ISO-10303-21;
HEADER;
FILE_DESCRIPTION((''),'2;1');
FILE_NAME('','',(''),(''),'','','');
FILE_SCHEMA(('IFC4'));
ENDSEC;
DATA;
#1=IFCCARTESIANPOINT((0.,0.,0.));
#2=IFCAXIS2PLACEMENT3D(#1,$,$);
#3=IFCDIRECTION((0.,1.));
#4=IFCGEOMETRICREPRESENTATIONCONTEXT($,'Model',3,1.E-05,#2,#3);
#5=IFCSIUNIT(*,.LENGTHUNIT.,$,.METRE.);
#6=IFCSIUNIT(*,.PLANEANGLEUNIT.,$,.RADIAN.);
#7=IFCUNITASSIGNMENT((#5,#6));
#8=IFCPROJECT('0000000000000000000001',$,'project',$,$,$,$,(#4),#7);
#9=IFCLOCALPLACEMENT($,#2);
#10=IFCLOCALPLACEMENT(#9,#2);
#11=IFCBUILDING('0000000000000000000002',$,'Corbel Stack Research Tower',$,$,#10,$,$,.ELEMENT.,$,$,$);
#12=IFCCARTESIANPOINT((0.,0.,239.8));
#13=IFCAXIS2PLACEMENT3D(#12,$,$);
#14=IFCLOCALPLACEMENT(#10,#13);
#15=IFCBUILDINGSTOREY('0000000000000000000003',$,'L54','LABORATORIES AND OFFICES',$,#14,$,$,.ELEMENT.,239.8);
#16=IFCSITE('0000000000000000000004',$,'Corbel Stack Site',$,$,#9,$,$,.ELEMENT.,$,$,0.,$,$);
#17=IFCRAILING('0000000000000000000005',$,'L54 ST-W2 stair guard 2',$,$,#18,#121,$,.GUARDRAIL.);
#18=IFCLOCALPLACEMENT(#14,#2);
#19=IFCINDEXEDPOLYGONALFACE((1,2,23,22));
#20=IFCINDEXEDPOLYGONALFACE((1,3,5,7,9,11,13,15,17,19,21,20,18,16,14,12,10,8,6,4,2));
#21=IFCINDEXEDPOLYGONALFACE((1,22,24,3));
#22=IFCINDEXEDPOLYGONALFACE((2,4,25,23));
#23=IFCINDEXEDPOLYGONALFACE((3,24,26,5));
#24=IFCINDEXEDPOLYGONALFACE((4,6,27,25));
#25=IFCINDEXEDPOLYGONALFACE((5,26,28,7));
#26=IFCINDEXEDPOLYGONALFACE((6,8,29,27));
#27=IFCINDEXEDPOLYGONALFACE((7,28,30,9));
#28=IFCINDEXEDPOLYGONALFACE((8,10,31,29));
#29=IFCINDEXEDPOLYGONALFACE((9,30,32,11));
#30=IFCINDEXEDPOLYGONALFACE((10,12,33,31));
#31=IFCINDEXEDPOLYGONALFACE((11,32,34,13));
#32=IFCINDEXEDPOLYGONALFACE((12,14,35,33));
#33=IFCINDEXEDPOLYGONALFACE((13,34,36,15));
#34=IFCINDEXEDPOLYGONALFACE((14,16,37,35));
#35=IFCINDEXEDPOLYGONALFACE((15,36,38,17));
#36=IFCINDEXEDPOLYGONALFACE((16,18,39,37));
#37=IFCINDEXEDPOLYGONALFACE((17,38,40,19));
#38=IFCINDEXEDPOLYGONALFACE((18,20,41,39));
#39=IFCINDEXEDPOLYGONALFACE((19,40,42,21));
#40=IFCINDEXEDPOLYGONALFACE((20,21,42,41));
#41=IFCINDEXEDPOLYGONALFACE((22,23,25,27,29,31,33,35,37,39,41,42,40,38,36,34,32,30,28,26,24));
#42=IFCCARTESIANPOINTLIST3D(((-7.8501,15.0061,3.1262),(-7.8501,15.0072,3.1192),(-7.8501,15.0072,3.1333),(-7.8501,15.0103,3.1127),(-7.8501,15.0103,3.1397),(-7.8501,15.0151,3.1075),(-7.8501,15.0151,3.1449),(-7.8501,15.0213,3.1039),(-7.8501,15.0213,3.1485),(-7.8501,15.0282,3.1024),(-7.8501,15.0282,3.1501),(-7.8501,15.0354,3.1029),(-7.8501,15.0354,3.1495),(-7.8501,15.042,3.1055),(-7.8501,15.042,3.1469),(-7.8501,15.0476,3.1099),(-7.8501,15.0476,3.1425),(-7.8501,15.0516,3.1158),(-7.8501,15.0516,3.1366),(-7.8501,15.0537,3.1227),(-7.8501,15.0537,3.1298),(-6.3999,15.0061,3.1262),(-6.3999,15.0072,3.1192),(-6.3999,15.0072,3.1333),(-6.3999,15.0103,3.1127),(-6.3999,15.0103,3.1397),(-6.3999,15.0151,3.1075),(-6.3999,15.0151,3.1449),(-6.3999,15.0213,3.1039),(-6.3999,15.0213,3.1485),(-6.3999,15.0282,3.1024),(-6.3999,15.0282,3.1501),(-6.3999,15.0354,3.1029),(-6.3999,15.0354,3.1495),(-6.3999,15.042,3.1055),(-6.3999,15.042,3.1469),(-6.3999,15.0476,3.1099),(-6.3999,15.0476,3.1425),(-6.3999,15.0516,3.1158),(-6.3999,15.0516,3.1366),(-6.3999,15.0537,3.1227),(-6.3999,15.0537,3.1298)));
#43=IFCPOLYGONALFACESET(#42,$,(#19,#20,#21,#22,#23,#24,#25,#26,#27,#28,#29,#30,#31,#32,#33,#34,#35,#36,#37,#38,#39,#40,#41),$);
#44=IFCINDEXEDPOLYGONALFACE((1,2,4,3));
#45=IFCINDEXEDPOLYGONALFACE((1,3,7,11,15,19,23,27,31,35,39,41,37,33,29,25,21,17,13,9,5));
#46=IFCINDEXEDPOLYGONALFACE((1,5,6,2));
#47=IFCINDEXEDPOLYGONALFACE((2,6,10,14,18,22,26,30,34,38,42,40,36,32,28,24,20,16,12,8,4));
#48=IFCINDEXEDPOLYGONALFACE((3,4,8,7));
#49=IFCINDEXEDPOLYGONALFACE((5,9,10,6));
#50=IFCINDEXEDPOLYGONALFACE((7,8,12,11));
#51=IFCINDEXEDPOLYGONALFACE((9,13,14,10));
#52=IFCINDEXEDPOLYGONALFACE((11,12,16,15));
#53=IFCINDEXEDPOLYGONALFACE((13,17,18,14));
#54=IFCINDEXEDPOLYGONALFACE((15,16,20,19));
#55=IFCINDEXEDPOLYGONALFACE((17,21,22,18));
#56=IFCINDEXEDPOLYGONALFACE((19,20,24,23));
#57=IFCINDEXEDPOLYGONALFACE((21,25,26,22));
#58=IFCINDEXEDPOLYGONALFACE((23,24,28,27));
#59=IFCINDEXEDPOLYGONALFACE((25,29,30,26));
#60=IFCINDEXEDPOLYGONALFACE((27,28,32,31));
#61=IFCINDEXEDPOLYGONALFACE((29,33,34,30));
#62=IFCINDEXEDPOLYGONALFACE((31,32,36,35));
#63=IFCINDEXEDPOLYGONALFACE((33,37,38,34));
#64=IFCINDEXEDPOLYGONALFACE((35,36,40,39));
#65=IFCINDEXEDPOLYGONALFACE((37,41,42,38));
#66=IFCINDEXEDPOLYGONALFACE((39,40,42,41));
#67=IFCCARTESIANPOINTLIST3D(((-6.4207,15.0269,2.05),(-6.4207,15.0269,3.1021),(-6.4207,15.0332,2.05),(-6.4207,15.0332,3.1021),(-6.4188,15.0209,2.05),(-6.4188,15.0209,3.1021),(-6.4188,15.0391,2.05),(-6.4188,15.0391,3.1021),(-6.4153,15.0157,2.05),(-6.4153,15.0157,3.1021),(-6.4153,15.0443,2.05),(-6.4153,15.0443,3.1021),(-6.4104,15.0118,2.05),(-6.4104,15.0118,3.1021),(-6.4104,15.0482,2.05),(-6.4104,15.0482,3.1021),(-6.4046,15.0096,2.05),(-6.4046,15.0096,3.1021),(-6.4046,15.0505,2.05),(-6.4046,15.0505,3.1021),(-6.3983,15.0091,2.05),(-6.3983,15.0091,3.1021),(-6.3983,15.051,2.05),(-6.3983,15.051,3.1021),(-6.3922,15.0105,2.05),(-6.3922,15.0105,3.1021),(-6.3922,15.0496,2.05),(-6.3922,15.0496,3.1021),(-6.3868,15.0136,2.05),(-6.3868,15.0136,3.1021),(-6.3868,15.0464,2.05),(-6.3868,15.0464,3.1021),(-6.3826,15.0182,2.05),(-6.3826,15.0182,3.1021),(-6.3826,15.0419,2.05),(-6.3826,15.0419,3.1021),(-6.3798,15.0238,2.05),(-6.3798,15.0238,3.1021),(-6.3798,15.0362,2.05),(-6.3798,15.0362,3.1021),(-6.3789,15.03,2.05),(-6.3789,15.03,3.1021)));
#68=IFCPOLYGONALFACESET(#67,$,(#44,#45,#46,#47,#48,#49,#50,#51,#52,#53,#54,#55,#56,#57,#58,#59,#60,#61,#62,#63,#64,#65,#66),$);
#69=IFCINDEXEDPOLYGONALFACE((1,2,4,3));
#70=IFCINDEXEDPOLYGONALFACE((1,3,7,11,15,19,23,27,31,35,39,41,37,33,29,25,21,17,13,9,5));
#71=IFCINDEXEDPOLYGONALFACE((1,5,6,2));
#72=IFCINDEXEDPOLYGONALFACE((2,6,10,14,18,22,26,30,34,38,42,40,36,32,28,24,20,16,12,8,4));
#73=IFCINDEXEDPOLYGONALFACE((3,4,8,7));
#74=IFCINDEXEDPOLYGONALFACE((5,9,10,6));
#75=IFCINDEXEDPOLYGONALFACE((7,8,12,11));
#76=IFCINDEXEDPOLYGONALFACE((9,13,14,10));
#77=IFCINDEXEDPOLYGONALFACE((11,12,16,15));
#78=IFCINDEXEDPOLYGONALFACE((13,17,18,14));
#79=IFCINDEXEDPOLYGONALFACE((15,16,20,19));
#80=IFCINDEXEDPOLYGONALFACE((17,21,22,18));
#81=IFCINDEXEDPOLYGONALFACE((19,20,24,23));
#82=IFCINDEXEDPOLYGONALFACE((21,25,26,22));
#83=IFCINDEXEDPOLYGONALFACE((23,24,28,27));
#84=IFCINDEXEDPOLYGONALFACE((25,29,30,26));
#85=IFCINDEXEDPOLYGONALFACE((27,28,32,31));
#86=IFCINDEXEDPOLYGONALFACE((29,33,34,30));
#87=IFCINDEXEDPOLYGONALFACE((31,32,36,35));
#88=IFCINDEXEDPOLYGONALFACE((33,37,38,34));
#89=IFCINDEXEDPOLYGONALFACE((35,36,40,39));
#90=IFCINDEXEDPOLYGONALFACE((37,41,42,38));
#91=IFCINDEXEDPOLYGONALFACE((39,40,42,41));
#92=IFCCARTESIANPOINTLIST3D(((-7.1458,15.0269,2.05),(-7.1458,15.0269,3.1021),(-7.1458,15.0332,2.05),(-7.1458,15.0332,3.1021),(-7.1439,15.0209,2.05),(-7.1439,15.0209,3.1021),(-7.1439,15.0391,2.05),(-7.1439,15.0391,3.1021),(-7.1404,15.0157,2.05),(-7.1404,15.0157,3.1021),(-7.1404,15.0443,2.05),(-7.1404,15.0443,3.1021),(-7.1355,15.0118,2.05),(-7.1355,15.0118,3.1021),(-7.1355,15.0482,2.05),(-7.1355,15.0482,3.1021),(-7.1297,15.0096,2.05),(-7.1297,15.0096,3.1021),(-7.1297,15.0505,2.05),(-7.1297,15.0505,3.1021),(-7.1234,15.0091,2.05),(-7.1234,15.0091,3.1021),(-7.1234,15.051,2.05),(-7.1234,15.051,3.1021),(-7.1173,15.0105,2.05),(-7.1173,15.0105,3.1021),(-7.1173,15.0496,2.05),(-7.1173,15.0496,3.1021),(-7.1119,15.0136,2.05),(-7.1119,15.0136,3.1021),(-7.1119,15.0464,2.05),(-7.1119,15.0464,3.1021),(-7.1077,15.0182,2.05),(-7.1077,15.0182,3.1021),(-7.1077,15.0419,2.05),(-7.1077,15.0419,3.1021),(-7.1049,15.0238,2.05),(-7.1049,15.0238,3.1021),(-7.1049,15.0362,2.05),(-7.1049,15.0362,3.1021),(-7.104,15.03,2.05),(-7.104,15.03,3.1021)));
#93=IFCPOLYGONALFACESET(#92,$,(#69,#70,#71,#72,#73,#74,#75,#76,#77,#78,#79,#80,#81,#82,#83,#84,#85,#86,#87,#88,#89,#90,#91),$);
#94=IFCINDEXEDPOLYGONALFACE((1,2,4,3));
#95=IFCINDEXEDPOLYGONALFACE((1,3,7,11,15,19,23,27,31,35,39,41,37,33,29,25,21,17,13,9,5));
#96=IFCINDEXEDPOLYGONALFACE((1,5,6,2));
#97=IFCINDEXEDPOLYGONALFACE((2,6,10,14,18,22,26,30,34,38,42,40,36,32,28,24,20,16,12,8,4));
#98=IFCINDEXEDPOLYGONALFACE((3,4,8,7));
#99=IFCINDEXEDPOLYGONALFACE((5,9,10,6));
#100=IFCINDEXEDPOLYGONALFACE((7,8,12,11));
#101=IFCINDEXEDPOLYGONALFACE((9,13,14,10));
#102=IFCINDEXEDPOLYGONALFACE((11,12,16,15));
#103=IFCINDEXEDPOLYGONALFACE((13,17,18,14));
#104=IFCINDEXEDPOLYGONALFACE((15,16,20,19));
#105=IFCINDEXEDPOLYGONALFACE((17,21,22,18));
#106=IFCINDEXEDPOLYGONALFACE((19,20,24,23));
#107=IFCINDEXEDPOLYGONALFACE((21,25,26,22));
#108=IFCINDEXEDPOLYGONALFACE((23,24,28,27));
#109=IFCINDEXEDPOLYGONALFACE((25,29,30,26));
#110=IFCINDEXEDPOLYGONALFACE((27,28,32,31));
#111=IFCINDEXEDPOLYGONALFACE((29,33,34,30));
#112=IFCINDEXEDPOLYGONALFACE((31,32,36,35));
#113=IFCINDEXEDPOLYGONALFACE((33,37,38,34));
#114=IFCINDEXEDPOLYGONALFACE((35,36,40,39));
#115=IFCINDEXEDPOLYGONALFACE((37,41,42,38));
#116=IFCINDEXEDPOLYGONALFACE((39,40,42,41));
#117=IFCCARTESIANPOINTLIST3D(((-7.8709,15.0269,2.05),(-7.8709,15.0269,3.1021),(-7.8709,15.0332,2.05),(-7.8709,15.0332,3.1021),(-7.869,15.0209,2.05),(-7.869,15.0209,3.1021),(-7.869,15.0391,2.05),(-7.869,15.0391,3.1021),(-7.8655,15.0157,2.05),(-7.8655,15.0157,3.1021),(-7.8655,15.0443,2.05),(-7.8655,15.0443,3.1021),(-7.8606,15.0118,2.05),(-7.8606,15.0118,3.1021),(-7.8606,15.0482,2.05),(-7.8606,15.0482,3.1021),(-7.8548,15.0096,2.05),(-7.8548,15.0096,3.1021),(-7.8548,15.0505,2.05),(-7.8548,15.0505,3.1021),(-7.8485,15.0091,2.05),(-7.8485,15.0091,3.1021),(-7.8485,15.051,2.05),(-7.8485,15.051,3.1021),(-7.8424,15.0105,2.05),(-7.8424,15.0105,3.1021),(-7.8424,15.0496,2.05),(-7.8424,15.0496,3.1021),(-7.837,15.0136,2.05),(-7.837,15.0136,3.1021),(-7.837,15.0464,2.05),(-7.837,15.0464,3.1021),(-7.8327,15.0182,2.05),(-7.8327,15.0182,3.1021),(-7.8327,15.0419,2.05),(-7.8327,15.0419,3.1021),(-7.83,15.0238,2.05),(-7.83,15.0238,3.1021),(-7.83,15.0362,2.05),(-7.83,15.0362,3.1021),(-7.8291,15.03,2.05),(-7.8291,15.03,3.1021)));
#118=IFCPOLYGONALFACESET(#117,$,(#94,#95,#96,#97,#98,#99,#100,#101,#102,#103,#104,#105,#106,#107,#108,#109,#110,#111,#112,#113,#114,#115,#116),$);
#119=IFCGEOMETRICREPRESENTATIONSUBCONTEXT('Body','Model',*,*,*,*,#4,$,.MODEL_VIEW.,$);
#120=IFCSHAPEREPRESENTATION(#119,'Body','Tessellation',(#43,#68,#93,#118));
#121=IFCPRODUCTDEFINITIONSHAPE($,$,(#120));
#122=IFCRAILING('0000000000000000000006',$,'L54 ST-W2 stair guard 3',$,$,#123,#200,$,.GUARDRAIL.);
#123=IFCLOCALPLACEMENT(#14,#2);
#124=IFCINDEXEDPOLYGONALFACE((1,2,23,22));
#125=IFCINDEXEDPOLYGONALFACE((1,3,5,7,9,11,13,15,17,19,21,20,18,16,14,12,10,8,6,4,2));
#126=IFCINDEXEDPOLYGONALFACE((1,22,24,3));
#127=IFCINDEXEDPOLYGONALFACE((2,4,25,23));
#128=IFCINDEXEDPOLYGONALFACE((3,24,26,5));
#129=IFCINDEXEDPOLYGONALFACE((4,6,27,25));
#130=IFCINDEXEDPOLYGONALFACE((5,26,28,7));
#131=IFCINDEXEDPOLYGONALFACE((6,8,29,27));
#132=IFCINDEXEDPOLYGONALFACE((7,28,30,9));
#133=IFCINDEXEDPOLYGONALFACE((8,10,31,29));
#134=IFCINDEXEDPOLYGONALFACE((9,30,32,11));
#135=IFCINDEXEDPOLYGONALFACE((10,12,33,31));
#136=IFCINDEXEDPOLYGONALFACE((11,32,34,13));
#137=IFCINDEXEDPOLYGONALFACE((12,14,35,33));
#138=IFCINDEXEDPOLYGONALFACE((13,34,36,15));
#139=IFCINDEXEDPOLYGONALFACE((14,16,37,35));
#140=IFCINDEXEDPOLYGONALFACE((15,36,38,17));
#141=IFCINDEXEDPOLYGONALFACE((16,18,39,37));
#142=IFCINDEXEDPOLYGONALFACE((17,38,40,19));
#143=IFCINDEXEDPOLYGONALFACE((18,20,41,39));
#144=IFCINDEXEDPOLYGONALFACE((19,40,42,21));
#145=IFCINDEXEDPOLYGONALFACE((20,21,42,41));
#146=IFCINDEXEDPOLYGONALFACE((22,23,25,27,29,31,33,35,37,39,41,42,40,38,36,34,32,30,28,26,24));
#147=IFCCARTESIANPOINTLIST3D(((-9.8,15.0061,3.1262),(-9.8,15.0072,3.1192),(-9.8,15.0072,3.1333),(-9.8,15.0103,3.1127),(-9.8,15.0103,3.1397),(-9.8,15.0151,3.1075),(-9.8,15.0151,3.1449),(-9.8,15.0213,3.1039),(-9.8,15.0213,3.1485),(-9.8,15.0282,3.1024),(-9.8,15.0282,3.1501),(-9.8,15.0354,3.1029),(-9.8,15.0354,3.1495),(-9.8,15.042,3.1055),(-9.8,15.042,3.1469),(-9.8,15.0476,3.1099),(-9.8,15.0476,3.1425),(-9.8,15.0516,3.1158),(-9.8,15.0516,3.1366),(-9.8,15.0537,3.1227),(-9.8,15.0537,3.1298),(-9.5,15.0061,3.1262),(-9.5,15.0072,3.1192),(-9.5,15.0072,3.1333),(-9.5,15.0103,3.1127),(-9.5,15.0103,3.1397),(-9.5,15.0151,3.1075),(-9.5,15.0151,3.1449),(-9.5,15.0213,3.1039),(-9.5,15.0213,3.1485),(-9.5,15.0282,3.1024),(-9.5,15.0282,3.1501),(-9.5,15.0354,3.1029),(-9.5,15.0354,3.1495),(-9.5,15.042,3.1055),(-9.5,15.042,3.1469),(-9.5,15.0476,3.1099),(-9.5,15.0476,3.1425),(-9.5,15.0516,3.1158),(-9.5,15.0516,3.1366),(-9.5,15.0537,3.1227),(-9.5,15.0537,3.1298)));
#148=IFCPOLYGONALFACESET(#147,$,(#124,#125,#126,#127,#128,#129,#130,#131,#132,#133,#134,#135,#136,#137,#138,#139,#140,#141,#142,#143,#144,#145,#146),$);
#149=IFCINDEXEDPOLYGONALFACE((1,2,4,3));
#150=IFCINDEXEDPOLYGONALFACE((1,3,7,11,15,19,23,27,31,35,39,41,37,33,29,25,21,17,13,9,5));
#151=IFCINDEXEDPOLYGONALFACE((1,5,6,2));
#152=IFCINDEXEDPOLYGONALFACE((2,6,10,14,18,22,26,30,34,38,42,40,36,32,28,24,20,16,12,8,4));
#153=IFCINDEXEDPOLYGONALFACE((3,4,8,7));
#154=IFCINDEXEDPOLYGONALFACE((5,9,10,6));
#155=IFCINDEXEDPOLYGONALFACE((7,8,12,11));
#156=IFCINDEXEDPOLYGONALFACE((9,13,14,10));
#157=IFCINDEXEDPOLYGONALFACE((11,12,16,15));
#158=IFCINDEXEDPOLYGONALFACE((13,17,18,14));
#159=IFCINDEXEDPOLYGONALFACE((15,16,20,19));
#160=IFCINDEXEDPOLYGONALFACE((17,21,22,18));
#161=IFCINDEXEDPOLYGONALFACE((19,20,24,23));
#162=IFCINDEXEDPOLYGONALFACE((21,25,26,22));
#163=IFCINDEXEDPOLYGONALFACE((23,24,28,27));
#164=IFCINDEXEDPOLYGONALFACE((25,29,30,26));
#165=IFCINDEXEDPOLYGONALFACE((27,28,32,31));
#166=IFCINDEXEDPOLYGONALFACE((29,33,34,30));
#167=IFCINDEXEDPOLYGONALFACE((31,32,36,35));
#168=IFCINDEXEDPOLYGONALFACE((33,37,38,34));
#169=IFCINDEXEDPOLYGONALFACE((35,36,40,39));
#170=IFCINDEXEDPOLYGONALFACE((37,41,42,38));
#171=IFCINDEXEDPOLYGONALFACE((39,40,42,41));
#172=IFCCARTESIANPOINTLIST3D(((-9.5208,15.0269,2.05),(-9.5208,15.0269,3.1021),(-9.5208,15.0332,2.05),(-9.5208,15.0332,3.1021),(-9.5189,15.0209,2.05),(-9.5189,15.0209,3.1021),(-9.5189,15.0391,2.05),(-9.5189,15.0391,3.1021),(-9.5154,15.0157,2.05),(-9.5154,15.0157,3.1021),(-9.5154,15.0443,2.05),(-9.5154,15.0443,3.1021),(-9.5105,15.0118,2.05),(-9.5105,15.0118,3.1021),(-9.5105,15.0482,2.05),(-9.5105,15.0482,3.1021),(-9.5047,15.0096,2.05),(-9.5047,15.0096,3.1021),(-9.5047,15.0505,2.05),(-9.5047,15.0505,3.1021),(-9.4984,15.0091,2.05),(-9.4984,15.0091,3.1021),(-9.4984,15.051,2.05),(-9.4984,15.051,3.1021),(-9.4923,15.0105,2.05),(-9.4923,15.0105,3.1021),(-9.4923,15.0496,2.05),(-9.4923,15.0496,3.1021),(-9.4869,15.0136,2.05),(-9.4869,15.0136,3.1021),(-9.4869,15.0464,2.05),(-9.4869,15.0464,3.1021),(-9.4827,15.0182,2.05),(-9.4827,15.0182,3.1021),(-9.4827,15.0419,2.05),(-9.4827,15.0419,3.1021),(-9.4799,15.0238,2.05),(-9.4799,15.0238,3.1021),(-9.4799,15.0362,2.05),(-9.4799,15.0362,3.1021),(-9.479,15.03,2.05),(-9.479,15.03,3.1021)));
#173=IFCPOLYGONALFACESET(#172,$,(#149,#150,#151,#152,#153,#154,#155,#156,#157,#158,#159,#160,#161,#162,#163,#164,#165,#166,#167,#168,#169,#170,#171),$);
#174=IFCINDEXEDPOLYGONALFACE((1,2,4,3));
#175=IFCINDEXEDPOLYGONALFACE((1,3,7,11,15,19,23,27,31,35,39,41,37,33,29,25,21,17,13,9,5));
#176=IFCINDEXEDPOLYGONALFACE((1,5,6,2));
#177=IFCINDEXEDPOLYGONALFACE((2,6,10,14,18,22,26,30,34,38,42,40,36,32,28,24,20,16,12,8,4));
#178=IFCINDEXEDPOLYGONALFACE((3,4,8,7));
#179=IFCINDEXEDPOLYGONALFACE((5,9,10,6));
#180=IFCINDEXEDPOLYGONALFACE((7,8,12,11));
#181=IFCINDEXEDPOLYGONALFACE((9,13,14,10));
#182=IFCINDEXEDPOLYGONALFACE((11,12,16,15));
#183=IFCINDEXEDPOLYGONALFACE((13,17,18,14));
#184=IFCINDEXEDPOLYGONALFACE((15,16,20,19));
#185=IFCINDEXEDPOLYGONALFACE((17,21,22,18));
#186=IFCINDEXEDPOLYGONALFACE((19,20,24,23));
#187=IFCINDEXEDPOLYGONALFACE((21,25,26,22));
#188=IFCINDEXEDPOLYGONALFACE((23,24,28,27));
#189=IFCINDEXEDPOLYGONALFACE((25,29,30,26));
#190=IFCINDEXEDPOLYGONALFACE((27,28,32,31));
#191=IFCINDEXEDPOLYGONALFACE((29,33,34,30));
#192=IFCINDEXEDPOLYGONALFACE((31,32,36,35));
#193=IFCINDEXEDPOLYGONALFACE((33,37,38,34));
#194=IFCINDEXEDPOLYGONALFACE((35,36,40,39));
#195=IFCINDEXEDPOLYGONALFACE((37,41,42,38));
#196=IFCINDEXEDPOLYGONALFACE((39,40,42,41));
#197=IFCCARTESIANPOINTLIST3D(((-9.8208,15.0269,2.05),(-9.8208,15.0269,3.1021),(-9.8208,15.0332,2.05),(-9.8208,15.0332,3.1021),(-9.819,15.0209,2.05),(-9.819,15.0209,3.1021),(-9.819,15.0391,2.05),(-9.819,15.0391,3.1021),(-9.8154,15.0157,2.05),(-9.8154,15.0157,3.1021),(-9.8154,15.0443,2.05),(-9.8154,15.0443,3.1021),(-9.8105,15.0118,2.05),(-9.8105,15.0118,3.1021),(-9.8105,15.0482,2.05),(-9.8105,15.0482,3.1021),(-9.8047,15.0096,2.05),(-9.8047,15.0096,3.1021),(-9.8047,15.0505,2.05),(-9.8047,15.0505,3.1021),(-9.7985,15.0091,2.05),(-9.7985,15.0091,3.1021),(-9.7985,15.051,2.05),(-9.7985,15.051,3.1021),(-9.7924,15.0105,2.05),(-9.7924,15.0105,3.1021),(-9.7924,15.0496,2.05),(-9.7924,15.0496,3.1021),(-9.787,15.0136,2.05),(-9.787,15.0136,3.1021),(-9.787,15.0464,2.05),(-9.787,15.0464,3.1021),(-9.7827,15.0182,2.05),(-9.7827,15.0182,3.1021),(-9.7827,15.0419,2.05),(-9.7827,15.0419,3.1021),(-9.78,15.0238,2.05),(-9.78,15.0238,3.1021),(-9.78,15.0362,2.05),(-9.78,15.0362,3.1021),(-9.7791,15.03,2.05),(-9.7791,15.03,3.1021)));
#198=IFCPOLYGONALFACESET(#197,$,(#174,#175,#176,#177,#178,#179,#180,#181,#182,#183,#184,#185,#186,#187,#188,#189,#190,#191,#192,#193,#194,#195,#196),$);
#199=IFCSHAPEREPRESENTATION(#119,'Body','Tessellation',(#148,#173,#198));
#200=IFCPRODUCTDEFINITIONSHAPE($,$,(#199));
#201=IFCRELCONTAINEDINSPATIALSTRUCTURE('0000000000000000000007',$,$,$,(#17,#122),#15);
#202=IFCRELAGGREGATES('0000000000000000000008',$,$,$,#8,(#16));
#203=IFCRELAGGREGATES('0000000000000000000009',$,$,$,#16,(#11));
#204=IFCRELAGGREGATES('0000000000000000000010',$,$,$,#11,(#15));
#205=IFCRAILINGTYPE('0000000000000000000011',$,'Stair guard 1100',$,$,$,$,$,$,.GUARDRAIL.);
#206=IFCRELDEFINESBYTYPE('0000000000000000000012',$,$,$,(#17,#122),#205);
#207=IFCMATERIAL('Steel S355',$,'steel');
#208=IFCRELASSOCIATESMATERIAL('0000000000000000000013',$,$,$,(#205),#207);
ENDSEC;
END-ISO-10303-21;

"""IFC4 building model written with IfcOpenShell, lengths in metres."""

from ifc_helpers import new_model, si_unit, direction, frame, origin, origin_2d, place, context, subcontext, project, spatial, circle, extrude, material, type_object, element, save


model = new_model("IFC4")

# Units and contexts
model_context = context("Model", 3, precision=1e-05, world=origin(), true_north=direction((0.0, 1.0)))
body_context = subcontext(model_context, "Body", "Model", "MODEL_VIEW")
ifc_project = project(units=[si_unit("LENGTHUNIT", "METRE"), si_unit("PLANEANGLEUNIT", "RADIAN")], contexts=[model_context])

# Site, building, storey
site_placement = place(None, origin())
site = spatial("IfcSite", under=ifc_project, at=site_placement, Name="Corbel Stack Site", CompositionType="ELEMENT", RefElevation=0.0)
building_placement = place(site_placement, origin())
building = spatial("IfcBuilding", under=site, at=building_placement, Name="Corbel Stack Research Tower", CompositionType="ELEMENT")
storey_placement = place(building_placement, frame((0.0, 0.0, 239.8)))
storey = spatial("IfcBuildingStorey", under=building, at=storey_placement, Name="L54", Description="LABORATORIES AND OFFICES", CompositionType="ELEMENT", Elevation=239.8)

# Railings
ifc_material_1 = material(Name="Steel S355", Category="steel")
railing_type_1 = type_object("IfcRailingType", Name="Stair guard 1100", PredefinedType="GUARDRAIL", material=ifc_material_1)
railing_1_placement = place(storey_placement, frame((-6.3999, 15.03, 2.05)))
element("IfcRailing", 1, at=railing_1_placement, inside=storey, type_object=railing_type_1, Name="L54 ST-W2 stair guard 2", PredefinedType="GUARDRAIL", context=body_context, shape_type="SweptSolid", body=[
    extrude(circle(Radius=0.0239, at=origin_2d()), frame((0.0, 0.0, 1.0762), z_axis=(-1.0, 0.0, 0.0), x_axis=(0.0, -1.0, 0.0)), (0.0, 0.0, 1.0), 1.4502),
    extrude(circle(Radius=0.021, at=origin_2d()), origin(), (0.0, 0.0, 1.0), 1.052),
    extrude(circle(Radius=0.021, at=origin_2d()), frame((-0.7251, 0.0, 0.0)), (0.0, 0.0, 1.0), 1.052),
    extrude(circle(Radius=0.021, at=origin_2d()), frame((-1.4502, 0.0, 0.0)), (0.0, 0.0, 1.0), 1.052),
])
railing_2_placement = place(storey_placement, frame((-9.5, 15.03, 2.05)))
element("IfcRailing", 2, at=railing_2_placement, inside=storey, type_object=railing_type_1, Name="L54 ST-W2 stair guard 3", PredefinedType="GUARDRAIL", context=body_context, shape_type="SweptSolid", body=[
    extrude(circle(Radius=0.0239, at=origin_2d()), frame((0.0, 0.0, 1.0762), z_axis=(-1.0, 0.0, 0.0), x_axis=(0.0, -1.0, 0.0)), (0.0, 0.0, 1.0), 0.3),
    extrude(circle(Radius=0.021, at=origin_2d()), origin(), (0.0, 0.0, 1.0), 1.052),
    extrude(circle(Radius=0.021, at=origin_2d()), frame((-0.3, 0.0, 0.0)), (0.0, 0.0, 1.0), 1.052),
])

save(model, "model.ifc")
